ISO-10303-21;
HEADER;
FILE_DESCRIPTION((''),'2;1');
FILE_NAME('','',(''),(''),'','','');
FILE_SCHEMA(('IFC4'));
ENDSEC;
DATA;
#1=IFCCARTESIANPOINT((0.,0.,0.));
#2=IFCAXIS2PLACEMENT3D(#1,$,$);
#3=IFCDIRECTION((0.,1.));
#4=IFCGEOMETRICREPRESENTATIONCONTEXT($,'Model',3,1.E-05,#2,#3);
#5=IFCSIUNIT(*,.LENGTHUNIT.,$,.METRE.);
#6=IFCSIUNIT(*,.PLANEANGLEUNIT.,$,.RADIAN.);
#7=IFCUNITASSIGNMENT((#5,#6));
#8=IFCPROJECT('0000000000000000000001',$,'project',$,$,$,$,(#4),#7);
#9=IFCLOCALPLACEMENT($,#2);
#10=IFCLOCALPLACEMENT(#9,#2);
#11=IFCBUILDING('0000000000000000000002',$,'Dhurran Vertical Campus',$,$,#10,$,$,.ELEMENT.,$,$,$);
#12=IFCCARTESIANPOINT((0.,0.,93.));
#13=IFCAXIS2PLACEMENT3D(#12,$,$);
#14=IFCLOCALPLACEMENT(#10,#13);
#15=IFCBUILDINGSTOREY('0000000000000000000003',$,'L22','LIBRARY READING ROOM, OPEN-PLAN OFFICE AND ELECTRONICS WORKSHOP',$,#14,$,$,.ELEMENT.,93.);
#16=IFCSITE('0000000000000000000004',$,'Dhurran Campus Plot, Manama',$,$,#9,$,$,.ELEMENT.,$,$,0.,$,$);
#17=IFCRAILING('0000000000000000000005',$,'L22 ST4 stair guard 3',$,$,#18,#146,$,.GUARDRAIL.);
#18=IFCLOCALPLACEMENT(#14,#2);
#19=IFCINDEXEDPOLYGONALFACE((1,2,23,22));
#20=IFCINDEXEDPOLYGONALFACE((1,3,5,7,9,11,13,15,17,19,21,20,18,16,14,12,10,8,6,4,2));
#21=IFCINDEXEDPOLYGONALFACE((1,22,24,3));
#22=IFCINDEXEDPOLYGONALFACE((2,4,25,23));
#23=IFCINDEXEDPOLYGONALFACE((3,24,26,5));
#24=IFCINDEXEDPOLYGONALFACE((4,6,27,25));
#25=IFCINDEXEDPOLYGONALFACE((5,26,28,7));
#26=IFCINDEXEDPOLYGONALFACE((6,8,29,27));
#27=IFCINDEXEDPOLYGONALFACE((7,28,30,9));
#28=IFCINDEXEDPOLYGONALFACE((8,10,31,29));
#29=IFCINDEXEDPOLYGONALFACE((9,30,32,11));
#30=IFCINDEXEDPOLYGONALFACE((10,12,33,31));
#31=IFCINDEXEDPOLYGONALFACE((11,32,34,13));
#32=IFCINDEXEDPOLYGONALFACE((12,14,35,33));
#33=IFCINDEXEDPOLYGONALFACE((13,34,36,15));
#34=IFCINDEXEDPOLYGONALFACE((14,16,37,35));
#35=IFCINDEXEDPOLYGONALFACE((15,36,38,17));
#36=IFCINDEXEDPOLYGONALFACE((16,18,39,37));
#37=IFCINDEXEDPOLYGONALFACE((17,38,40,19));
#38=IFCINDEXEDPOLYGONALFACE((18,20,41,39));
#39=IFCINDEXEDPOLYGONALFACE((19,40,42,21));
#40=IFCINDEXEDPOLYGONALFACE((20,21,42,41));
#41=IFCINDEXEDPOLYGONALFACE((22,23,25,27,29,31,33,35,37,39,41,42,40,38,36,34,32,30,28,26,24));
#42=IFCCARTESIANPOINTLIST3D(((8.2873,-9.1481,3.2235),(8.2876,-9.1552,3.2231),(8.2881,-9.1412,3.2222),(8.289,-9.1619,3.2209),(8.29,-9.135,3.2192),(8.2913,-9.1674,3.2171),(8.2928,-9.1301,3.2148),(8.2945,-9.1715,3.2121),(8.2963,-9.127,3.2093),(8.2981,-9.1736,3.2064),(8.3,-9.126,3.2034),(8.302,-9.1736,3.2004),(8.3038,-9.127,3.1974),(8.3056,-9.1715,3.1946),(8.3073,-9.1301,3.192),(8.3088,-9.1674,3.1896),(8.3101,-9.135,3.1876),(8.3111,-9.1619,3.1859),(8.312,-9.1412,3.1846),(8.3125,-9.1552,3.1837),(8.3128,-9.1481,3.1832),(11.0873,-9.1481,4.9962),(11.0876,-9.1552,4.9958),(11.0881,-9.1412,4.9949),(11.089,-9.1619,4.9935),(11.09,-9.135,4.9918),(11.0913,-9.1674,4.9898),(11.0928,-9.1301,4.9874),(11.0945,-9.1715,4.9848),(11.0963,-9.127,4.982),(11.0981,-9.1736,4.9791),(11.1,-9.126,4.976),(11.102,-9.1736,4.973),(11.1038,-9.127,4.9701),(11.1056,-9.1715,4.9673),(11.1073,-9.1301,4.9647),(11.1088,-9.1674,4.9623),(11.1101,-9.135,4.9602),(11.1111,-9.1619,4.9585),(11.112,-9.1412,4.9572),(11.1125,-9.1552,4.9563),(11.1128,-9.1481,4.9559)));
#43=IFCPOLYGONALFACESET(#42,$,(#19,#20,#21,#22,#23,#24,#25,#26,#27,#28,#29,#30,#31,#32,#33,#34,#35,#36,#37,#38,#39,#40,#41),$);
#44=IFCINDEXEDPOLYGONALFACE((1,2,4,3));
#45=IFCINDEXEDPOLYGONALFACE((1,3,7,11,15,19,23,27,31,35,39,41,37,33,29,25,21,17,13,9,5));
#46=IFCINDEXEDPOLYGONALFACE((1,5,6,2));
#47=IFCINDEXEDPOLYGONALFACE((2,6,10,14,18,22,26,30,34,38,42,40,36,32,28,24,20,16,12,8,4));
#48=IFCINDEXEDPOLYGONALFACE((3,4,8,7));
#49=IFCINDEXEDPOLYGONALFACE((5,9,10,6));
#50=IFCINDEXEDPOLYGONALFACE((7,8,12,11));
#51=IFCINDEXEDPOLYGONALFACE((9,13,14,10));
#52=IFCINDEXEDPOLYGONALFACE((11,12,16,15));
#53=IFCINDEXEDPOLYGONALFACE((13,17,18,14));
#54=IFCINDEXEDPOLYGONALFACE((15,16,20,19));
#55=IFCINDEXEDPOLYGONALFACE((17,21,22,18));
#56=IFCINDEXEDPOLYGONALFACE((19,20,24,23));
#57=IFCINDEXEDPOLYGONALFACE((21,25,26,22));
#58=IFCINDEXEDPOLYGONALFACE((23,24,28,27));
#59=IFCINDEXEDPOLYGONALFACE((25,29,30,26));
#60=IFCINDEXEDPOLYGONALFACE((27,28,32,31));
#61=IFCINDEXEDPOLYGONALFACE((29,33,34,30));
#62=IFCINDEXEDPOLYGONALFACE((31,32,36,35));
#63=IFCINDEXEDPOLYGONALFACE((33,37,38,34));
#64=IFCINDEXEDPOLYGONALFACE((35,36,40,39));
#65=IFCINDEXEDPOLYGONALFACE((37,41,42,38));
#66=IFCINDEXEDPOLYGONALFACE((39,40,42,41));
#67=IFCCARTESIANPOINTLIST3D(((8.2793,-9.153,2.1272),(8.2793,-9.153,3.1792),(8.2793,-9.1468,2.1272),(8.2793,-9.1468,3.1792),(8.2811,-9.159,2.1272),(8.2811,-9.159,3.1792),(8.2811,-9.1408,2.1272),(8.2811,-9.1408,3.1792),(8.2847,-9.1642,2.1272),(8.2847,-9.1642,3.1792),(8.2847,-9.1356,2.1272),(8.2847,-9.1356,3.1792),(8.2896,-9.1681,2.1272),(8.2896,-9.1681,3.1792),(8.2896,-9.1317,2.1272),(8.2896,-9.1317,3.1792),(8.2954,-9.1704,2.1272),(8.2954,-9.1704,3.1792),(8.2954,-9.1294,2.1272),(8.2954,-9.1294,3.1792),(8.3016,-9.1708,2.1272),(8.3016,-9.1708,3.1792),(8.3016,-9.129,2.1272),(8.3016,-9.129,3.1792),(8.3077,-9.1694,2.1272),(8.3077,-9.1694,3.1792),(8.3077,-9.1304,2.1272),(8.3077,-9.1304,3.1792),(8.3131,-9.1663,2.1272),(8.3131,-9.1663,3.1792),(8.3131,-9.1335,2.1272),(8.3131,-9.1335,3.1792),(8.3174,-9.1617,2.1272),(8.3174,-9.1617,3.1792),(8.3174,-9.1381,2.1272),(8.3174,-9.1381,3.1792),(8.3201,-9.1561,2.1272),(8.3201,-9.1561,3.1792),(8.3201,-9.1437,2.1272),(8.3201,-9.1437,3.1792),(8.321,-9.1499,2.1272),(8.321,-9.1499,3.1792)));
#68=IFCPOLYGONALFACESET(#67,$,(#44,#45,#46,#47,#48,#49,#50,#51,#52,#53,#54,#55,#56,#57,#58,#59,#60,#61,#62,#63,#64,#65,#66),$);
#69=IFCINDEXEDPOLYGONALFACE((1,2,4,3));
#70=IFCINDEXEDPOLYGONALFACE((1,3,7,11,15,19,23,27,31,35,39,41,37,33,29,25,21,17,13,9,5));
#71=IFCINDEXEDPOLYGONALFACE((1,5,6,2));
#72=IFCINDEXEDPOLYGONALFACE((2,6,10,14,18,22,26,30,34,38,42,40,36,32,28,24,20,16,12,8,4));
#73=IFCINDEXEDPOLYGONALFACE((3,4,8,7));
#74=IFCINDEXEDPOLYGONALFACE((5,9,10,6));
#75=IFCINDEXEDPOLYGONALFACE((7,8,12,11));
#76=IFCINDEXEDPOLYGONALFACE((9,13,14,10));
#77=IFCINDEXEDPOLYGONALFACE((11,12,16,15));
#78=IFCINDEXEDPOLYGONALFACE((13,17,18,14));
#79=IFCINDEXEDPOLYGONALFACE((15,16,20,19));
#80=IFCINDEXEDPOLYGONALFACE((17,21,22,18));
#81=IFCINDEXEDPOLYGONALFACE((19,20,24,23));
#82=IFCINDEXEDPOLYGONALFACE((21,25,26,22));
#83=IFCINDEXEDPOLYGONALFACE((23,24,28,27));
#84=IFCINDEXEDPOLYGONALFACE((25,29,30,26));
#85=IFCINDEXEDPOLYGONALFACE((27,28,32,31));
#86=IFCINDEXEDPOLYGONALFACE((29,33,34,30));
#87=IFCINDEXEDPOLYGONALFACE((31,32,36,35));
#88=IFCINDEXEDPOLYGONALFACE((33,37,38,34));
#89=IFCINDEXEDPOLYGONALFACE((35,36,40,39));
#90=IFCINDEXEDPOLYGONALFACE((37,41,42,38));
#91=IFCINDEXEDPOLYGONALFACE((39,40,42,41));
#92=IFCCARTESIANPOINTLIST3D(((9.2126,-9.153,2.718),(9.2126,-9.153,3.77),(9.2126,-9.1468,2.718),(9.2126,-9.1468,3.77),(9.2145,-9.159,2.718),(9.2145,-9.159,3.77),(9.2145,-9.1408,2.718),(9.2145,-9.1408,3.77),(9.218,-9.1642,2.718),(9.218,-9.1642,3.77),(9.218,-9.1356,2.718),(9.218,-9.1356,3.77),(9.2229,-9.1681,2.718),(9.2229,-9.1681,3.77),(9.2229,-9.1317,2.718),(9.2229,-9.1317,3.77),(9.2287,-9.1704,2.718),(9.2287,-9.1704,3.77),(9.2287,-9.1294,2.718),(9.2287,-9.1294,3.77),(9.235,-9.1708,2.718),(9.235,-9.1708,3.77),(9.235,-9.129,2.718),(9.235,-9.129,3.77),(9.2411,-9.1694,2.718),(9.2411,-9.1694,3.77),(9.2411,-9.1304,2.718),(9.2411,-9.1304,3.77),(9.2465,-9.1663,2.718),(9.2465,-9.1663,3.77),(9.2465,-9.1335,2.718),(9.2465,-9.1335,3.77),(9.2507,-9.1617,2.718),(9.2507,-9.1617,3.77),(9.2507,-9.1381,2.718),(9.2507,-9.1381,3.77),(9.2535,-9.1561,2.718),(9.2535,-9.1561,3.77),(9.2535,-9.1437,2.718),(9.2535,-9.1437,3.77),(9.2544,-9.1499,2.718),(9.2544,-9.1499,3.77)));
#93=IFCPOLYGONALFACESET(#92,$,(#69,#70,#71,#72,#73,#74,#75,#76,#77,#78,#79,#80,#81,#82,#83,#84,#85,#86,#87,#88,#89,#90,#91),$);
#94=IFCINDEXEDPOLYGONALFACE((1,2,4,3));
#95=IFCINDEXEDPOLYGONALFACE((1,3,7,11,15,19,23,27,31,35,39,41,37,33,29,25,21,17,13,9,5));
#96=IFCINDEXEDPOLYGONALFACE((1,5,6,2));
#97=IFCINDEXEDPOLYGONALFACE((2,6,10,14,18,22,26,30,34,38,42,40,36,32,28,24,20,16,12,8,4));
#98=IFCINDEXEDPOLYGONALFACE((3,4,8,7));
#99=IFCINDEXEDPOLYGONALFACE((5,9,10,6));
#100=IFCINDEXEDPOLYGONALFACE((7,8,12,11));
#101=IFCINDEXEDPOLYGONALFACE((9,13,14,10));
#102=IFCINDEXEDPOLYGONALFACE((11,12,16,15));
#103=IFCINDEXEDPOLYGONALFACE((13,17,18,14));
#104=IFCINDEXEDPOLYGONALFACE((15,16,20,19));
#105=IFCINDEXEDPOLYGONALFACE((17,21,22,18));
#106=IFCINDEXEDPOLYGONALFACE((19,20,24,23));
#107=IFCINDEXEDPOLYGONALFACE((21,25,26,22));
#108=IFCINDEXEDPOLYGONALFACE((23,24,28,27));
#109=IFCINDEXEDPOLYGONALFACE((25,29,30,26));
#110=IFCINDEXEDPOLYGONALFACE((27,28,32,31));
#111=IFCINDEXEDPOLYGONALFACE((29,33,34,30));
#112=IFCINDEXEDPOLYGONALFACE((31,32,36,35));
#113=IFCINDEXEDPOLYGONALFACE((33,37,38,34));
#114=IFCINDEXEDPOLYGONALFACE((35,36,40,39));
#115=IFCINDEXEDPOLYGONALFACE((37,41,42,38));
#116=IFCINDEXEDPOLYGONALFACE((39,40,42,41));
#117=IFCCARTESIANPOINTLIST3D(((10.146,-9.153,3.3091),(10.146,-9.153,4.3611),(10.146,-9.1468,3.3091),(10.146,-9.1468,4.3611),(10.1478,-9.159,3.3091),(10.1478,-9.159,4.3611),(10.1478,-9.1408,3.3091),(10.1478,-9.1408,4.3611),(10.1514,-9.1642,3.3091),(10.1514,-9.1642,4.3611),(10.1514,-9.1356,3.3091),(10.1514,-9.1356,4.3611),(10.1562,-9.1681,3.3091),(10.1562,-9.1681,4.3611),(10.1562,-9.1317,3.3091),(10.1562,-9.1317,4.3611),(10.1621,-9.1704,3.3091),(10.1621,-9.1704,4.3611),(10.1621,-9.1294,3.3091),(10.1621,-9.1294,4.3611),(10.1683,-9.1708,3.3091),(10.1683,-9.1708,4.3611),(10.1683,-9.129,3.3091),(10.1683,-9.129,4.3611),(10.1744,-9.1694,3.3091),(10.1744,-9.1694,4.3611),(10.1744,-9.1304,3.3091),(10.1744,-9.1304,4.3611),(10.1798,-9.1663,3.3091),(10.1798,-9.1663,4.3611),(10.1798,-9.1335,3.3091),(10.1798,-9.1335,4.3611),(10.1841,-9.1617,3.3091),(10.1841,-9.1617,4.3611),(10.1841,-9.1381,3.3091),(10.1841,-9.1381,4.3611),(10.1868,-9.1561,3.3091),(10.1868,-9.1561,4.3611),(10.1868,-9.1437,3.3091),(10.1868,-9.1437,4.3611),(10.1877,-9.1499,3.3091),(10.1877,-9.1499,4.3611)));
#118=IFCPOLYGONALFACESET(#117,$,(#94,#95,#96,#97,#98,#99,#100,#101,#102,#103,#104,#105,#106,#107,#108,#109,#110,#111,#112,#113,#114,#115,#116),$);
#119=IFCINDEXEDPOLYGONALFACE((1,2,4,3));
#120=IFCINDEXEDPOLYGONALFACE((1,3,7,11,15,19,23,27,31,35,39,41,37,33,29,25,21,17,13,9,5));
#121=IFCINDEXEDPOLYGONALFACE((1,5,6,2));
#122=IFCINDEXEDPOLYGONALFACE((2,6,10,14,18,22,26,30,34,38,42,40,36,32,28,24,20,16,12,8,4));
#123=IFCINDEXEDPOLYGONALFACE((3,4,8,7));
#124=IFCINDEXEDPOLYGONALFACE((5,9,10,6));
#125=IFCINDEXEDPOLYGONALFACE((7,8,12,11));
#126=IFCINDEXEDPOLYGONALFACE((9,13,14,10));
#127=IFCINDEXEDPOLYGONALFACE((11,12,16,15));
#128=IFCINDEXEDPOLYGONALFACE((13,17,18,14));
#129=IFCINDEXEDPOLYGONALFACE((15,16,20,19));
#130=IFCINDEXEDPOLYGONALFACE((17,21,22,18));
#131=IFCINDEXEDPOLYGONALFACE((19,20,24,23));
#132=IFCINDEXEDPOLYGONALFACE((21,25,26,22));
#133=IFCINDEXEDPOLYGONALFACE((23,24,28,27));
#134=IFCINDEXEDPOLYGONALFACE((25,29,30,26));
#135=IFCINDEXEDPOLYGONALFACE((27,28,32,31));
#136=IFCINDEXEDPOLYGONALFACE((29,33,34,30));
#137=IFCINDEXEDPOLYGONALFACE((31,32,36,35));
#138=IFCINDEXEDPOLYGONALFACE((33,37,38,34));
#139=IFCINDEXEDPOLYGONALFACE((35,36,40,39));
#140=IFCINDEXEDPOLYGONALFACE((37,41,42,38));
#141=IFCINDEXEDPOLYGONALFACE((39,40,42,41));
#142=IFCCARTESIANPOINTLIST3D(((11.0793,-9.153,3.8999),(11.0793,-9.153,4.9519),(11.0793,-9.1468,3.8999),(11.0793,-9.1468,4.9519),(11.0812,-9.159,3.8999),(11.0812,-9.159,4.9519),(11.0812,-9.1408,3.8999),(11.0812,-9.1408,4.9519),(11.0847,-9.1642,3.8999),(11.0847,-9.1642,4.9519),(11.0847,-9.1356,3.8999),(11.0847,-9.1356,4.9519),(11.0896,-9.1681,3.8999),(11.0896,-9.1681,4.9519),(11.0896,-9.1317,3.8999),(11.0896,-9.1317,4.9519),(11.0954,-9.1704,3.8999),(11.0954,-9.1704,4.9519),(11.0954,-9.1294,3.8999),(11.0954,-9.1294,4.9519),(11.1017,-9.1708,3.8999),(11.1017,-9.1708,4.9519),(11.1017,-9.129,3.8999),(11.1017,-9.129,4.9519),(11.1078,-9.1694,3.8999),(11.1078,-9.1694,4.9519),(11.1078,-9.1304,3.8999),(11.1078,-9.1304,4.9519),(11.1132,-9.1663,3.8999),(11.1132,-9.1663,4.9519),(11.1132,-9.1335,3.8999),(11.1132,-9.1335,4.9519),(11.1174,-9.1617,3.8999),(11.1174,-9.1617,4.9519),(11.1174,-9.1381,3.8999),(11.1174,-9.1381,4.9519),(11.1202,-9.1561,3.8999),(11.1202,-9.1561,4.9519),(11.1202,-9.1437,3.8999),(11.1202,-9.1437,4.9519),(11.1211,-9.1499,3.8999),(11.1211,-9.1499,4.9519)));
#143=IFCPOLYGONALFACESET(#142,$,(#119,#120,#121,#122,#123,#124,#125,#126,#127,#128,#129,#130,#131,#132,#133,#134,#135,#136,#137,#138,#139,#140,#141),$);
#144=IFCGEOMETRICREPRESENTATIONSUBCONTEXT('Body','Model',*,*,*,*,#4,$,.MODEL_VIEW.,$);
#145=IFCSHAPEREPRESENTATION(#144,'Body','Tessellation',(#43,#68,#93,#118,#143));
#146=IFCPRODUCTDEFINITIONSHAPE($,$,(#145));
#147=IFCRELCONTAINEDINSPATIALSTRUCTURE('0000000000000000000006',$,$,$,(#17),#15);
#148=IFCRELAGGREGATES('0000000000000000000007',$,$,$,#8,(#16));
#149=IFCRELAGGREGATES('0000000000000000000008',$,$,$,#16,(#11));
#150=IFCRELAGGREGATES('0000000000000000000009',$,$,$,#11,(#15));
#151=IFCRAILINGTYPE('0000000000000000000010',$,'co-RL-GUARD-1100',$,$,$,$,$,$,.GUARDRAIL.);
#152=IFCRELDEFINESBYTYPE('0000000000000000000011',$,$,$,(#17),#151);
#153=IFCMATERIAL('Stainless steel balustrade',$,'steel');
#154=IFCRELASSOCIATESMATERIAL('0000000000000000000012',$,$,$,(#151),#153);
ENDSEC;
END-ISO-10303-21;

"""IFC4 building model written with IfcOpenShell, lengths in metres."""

from ifc_helpers import new_model, si_unit, direction, frame, origin, origin_2d, place, context, subcontext, project, spatial, circle, extrude, material, type_object, element, save


model = new_model("IFC4")

# Units and contexts
model_context = context("Model", 3, precision=1e-05, world=origin(), true_north=direction((0.0, 1.0)))
body_context = subcontext(model_context, "Body", "Model", "MODEL_VIEW")
ifc_project = project(units=[si_unit("LENGTHUNIT", "METRE"), si_unit("PLANEANGLEUNIT", "RADIAN")], contexts=[model_context])

# Site, building, storey
site_placement = place(None, origin())
site = spatial("IfcSite", under=ifc_project, at=site_placement, Name="Dhurran Campus Plot, Manama", CompositionType="ELEMENT", RefElevation=0.0)
building_placement = place(site_placement, origin())
building = spatial("IfcBuilding", under=site, at=building_placement, Name="Dhurran Vertical Campus", CompositionType="ELEMENT")
storey_placement = place(building_placement, frame((0.0, 0.0, 93.0)))
storey = spatial("IfcBuildingStorey", under=building, at=storey_placement, Name="L22", Description="LIBRARY READING ROOM, OPEN-PLAN OFFICE AND ELECTRONICS WORKSHOP", CompositionType="ELEMENT", Elevation=93.0)

# Railing
ifc_material_1 = material(Name="Stainless steel balustrade", Category="steel")
railing_type_1 = type_object("IfcRailingType", Name="co-RL-GUARD-1100", PredefinedType="GUARDRAIL", material=ifc_material_1)
railing_1_placement = place(storey_placement, frame((8.3, -9.1499, 2.1272)))
element("IfcRailing", 1, at=railing_1_placement, inside=storey, type_object=railing_type_1, Name="L22 ST4 stair guard 3", PredefinedType="GUARDRAIL", context=body_context, shape_type="SweptSolid", body=[
    extrude(circle(Radius=0.0239, at=origin_2d()), frame((0.0, 0.0, 1.0762), z_axis=(0.844909, 0.0, 0.53491), x_axis=(0.0, 1.0, 0.0)), (0.0, 0.0, 1.0), 3.314),
    extrude(circle(Radius=0.021, at=origin_2d()), origin(), (0.0, 0.0, 1.0), 1.052),
    extrude(circle(Radius=0.021, at=origin_2d()), frame((0.9333, 0.0, 0.5908)), (0.0, 0.0, 1.0), 1.052),
    extrude(circle(Radius=0.021, at=origin_2d()), frame((1.8667, 0.0, 1.1819)), (0.0, 0.0, 1.0), 1.052),
    extrude(circle(Radius=0.021, at=origin_2d()), frame((2.8, 0.0, 1.7727)), (0.0, 0.0, 1.0), 1.052),
])

save(model, "model.ifc")
